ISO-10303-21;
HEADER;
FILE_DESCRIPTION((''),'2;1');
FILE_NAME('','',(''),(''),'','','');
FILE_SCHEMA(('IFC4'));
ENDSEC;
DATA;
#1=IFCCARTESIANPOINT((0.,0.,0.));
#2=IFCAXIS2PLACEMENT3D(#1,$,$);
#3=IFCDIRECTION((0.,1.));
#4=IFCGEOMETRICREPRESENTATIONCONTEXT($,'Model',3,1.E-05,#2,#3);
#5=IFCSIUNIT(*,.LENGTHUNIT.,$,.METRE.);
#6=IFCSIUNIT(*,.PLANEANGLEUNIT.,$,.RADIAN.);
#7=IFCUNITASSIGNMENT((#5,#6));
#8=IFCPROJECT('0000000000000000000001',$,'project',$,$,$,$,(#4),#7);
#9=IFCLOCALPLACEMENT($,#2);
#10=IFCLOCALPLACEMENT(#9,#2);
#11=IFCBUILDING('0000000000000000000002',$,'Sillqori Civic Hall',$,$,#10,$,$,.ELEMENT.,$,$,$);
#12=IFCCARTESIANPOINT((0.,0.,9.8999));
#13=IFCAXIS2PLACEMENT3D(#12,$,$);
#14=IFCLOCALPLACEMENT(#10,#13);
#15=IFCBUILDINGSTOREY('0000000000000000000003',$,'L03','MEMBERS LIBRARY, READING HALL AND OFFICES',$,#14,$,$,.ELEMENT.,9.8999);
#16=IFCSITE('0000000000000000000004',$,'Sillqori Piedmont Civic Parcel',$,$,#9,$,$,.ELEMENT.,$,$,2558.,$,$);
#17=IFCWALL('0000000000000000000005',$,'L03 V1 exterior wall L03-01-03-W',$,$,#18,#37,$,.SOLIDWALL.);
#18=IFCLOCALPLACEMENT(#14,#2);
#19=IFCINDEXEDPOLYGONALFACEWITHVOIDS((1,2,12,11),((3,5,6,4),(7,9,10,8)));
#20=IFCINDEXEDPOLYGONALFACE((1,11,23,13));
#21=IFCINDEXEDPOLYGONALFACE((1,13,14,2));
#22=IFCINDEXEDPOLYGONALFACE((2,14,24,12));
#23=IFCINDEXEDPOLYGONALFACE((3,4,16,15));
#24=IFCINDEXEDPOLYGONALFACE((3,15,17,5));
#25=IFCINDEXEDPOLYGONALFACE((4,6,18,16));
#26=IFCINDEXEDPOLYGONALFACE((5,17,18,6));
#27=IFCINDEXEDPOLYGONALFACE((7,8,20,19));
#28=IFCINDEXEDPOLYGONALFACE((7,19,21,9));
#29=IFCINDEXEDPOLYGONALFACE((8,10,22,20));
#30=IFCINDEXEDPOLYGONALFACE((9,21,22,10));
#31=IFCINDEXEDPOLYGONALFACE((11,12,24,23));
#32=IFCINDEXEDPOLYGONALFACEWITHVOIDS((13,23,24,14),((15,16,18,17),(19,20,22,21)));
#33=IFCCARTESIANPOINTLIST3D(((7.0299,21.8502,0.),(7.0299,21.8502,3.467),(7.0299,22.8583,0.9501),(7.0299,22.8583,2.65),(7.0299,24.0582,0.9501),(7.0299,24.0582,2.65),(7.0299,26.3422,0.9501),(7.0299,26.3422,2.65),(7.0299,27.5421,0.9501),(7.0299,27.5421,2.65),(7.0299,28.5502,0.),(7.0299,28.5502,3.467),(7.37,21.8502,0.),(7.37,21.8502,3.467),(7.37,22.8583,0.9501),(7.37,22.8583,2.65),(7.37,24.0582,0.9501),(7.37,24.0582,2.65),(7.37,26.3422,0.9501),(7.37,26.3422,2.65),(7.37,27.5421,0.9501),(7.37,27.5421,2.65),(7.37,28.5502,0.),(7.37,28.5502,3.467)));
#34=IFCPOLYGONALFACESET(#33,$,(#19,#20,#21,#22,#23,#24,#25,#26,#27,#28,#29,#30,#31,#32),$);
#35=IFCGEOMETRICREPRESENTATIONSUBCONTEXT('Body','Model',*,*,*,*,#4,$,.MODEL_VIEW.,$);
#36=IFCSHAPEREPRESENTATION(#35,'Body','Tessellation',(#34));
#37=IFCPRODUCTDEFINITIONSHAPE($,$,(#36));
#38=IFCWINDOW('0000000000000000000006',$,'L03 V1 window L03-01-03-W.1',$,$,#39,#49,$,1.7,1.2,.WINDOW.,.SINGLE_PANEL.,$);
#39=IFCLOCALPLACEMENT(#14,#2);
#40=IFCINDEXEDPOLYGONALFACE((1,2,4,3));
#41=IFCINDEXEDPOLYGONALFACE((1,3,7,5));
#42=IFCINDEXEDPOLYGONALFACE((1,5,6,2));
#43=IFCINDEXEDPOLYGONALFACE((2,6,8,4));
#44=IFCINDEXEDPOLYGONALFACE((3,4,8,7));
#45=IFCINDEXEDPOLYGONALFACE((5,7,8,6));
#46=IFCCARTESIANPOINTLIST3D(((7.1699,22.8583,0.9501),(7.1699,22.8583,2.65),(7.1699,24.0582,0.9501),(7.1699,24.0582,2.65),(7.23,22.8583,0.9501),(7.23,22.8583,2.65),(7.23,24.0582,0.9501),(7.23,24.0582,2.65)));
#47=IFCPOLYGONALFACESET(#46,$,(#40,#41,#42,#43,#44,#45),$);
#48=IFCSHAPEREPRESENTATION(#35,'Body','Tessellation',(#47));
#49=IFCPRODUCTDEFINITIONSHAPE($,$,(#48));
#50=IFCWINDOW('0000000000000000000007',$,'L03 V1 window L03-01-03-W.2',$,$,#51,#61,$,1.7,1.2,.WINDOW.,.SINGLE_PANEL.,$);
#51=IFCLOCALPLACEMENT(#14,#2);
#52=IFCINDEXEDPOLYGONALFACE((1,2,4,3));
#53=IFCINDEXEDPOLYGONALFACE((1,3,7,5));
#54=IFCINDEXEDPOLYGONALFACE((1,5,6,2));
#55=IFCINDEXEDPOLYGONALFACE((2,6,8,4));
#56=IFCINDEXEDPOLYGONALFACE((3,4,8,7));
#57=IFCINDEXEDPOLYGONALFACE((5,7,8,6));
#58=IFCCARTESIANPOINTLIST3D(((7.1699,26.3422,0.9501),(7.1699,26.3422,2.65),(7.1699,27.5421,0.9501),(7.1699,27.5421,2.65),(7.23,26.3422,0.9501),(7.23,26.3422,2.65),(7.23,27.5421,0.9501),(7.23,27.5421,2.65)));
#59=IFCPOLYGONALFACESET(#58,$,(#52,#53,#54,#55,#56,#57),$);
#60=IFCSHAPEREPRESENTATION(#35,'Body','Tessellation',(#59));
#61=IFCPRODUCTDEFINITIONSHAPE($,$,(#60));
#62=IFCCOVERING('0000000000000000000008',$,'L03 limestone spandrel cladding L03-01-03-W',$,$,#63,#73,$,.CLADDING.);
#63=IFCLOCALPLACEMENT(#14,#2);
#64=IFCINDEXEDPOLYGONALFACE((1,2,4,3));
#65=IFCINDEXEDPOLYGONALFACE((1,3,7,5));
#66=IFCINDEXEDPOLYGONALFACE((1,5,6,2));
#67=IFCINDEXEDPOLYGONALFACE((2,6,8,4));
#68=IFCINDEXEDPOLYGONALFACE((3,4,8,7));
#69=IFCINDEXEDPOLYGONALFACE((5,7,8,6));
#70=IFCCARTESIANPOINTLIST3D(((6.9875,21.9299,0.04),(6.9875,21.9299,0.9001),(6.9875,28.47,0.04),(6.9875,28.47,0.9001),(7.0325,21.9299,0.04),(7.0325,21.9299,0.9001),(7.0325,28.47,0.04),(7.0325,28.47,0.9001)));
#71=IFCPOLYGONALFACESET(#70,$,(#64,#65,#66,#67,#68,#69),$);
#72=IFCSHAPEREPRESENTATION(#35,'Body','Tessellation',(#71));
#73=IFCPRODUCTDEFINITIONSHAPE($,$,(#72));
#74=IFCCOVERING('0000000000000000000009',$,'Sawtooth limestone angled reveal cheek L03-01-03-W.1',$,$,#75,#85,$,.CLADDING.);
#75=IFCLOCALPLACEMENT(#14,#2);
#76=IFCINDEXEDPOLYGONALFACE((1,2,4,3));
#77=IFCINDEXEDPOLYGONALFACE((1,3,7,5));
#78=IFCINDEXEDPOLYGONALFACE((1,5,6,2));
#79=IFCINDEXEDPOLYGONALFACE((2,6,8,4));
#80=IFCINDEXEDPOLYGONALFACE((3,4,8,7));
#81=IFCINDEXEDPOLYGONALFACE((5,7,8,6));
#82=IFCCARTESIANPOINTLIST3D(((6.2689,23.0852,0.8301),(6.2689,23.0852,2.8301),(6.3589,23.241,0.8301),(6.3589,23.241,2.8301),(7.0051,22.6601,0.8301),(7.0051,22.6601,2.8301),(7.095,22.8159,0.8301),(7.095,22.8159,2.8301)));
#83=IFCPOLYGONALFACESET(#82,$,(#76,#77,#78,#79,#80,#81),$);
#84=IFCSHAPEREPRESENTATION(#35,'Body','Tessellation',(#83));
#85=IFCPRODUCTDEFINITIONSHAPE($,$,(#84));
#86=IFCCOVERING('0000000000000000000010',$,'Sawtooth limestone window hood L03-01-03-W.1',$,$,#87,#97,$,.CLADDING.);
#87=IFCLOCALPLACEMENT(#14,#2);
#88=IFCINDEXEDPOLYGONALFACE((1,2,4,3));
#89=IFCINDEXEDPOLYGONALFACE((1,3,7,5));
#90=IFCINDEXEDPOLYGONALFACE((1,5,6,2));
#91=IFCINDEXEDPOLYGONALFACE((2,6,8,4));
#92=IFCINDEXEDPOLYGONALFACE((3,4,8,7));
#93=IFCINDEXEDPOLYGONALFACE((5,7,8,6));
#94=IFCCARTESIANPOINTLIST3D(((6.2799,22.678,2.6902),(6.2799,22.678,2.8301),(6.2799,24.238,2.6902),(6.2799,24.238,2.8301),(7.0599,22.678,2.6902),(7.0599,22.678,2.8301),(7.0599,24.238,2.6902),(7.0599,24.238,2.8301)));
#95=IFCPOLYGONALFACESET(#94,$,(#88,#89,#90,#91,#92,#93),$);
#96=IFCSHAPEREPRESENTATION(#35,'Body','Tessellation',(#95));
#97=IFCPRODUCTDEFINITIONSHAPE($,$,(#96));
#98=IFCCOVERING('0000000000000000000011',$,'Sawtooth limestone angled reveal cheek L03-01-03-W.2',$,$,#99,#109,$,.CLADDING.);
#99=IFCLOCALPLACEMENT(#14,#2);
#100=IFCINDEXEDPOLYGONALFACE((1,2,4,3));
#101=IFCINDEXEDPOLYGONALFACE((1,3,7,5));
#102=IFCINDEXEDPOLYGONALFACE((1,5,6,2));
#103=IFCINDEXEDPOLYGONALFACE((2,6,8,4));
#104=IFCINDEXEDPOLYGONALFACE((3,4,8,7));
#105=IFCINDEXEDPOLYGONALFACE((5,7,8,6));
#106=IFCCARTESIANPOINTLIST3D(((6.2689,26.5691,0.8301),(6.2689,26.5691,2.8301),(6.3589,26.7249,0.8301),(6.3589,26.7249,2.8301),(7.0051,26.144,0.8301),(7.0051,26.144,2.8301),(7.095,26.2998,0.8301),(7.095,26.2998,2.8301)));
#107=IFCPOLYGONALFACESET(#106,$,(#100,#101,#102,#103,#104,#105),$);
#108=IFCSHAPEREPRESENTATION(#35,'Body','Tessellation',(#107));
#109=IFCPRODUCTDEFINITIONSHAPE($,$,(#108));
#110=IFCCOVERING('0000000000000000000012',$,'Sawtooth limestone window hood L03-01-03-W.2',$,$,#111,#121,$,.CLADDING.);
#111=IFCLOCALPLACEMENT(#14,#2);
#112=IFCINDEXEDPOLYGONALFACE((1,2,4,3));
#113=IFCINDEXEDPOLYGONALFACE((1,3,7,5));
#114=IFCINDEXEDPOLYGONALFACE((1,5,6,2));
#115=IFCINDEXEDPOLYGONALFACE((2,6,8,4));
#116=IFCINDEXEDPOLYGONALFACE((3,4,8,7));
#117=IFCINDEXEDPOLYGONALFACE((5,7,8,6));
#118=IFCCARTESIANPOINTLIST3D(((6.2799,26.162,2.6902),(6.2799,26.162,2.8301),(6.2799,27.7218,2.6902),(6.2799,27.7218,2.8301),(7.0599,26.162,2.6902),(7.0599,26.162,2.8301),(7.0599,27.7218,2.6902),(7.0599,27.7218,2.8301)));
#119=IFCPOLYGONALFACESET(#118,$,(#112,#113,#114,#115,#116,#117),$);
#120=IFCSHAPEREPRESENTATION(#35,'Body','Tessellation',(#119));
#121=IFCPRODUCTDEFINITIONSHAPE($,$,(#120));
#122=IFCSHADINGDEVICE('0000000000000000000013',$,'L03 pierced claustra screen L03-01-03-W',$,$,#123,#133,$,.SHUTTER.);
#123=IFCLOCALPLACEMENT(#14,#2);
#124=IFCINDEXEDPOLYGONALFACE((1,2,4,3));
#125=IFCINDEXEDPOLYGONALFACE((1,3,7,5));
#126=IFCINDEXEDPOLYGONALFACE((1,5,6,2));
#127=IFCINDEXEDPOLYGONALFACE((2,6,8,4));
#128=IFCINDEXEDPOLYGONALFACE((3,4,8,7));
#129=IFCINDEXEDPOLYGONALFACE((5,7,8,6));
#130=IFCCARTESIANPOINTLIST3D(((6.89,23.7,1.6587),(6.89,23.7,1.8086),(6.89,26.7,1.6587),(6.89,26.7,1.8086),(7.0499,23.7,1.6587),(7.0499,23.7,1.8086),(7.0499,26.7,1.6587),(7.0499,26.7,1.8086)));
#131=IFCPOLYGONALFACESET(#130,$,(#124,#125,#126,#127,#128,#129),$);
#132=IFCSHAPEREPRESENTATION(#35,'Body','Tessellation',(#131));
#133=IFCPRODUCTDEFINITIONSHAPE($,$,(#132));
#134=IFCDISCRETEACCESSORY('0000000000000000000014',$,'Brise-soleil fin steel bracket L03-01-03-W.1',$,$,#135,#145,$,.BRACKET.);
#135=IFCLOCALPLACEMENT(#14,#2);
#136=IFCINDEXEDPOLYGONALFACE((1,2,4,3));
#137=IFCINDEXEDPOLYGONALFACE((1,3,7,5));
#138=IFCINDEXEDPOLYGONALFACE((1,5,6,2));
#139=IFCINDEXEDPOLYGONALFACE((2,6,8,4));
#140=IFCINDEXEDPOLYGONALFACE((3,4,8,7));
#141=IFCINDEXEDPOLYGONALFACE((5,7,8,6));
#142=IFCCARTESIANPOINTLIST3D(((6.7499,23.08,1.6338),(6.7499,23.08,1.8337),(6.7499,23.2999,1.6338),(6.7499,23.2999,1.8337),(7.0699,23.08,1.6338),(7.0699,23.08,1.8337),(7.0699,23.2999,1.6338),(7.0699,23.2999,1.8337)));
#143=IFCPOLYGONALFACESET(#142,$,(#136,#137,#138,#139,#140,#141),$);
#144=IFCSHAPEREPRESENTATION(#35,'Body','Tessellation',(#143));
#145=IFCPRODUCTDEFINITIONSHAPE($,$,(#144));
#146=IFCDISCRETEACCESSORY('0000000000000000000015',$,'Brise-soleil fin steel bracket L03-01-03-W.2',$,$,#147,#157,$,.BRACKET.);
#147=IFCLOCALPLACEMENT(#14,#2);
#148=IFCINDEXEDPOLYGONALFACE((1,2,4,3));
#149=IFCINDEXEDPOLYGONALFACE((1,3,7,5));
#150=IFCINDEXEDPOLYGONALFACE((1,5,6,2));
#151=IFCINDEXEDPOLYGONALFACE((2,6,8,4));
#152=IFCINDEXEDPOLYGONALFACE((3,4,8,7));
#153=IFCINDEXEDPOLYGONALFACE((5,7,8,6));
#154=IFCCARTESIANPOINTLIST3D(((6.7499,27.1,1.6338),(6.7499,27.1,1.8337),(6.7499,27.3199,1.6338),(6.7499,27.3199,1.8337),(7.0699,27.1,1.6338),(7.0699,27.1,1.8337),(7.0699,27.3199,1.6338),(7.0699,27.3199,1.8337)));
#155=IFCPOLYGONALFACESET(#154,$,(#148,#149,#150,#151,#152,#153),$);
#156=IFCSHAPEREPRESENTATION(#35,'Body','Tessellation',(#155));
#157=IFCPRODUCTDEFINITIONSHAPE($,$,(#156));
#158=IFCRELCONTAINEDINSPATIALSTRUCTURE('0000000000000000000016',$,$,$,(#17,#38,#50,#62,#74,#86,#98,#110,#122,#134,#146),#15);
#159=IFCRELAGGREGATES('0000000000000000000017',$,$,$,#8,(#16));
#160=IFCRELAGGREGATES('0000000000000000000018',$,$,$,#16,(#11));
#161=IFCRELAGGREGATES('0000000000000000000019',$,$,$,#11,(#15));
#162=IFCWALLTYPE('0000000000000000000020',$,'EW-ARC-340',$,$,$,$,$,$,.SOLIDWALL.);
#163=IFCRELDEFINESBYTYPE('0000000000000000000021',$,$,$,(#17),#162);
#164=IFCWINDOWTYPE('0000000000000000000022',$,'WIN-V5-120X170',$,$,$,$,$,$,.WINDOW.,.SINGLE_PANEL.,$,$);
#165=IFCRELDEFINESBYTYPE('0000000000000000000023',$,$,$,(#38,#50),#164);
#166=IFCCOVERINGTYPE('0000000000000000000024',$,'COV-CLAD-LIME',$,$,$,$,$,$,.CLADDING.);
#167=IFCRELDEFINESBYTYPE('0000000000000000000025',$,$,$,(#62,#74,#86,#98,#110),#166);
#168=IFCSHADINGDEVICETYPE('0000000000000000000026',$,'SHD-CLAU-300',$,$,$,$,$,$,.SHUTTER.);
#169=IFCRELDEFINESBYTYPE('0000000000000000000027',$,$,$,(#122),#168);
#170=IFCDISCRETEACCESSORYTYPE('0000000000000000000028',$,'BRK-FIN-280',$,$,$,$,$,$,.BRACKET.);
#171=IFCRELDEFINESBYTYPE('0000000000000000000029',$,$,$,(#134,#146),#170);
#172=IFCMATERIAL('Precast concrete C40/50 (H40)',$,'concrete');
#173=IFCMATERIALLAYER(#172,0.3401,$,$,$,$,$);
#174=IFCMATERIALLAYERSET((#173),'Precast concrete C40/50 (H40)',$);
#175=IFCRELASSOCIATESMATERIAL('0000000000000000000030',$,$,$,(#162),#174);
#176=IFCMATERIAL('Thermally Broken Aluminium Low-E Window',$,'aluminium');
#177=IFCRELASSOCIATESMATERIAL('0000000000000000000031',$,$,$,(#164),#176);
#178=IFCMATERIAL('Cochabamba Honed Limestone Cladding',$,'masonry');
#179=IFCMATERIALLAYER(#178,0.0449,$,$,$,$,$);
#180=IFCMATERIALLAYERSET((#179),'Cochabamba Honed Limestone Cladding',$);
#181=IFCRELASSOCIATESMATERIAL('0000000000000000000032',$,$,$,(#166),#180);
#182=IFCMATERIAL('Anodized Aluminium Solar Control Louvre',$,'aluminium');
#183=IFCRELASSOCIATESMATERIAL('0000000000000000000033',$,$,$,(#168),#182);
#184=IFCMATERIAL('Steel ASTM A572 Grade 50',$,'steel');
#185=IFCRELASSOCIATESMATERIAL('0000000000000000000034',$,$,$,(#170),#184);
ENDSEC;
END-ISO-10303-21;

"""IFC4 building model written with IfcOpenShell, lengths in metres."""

from ifc_helpers import new_model, si_unit, direction, frame, frame_2d, origin, origin_2d, place, context, subcontext, project, spatial, rectangle, extrude, material, layer, layer_set, type_object, element, fill, save


model = new_model("IFC4")

# Units and contexts
model_context = context("Model", 3, precision=1e-05, world=origin(), true_north=direction((0.0, 1.0)))
body_context = subcontext(model_context, "Body", "Model", "MODEL_VIEW")
ifc_project = project(units=[si_unit("LENGTHUNIT", "METRE"), si_unit("PLANEANGLEUNIT", "RADIAN")], contexts=[model_context])

# Site, building, storey
site_placement = place(None, origin())
site = spatial("IfcSite", under=ifc_project, at=site_placement, Name="Sillqori Piedmont Civic Parcel", CompositionType="ELEMENT", RefElevation=2558.0)
building_placement = place(site_placement, origin())
building = spatial("IfcBuilding", under=site, at=building_placement, Name="Sillqori Civic Hall", CompositionType="ELEMENT")
storey_placement = place(building_placement, frame((0.0, 0.0, 9.8999)))
storey = spatial("IfcBuildingStorey", under=building, at=storey_placement, Name="L03", Description="MEMBERS LIBRARY, READING HALL AND OFFICES", CompositionType="ELEMENT", Elevation=9.8999)

# Shared definitions
ifc_material_1 = material(Name="Precast concrete C40/50 (H40)", Category="concrete")

# Wall, openings, windows
ifc_layer_1 = layer(ifc_material_1, 0.3401)
ifc_layer_set_1 = layer_set([ifc_layer_1], Name="Precast concrete C40/50 (H40)")
wall_type = type_object("IfcWallType", Name="EW-ARC-340", PredefinedType="SOLIDWALL", material=ifc_layer_set_1)
wall_placement = place(storey_placement, frame((7.2, 21.8501, 0.0), z_axis=(0.0, 0.0, 1.0), x_axis=(0.0, 1.0, 0.0)))
wall = element("IfcWall", 1, at=wall_placement, inside=storey, type_object=wall_type, Name="L03 V1 exterior wall L03-01-03-W", PredefinedType="SOLIDWALL", context=body_context, shape_type="SweptSolid", body=[
    extrude(rectangle(XDim=6.7, YDim=0.3401, at=frame_2d((3.3501, 0.0))), origin(), (0.0, 0.0, 1.0), 3.467),
])
opening_1_placement = place(wall_placement, frame((1.0081, 0.0, 0.95)))
opening_1 = element("IfcOpeningElement", 2, at=opening_1_placement, cuts=wall, PredefinedType="OPENING", context=body_context, shape_type="SweptSolid", body=[
    extrude(rectangle(XDim=1.2, YDim=1.7, at=frame_2d((0.6001, 0.8501))), frame((0.0, 0.1799, 0.0), z_axis=(0.0, -1.0, 0.0), x_axis=(1.0, 0.0, 0.0)), (0.0, 0.0, 1.0), 0.3601),
])
opening_2_placement = place(wall_placement, frame((4.4919, 0.0, 0.95)))
opening_2 = element("IfcOpeningElement", 3, at=opening_2_placement, cuts=wall, PredefinedType="OPENING", context=body_context, shape_type="SweptSolid", body=[
    extrude(rectangle(XDim=1.2, YDim=1.7, at=frame_2d((0.6001, 0.8501))), frame((0.0, 0.1799, 0.0), z_axis=(0.0, -1.0, 0.0), x_axis=(1.0, 0.0, 0.0)), (0.0, 0.0, 1.0), 0.3601),
])
ifc_material_2 = material(Name="Thermally Broken Aluminium Low-E Window", Category="aluminium")
window_type = type_object("IfcWindowType", Name="WIN-V5-120X170", PartitioningType="SINGLE_PANEL", PredefinedType="WINDOW", material=ifc_material_2)
window_1_placement = place(opening_1_placement, origin())
window_1 = element("IfcWindow", 4, at=window_1_placement, inside=storey, type_object=window_type, Name="L03 V1 window L03-01-03-W.1", OverallHeight=1.7, OverallWidth=1.2, PartitioningType="SINGLE_PANEL", PredefinedType="WINDOW", context=body_context, shape_type="SweptSolid", body=[
    extrude(rectangle(XDim=1.2, YDim=1.7, at=frame_2d((0.6001, 0.8501))), frame((0.0, 0.03, 0.0), z_axis=(0.0, -1.0, 0.0), x_axis=(1.0, 0.0, 0.0)), (0.0, 0.0, 1.0), 0.0601),
])
fill(opening_1, window_1)
window_2_placement = place(opening_2_placement, origin())
window_2 = element("IfcWindow", 5, at=window_2_placement, inside=storey, type_object=window_type, Name="L03 V1 window L03-01-03-W.2", OverallHeight=1.7, OverallWidth=1.2, PartitioningType="SINGLE_PANEL", PredefinedType="WINDOW", context=body_context, shape_type="SweptSolid", body=[
    extrude(rectangle(XDim=1.2, YDim=1.7, at=frame_2d((0.6001, 0.8501))), frame((0.0, 0.03, 0.0), z_axis=(0.0, -1.0, 0.0), x_axis=(1.0, 0.0, 0.0)), (0.0, 0.0, 1.0), 0.0601),
])
fill(opening_2, window_2)

# Coverings
ifc_material_3 = material(Name="Cochabamba Honed Limestone Cladding", Category="masonry")
ifc_layer_2 = layer(ifc_material_3, 0.0449)
ifc_layer_set_2 = layer_set([ifc_layer_2], Name="Cochabamba Honed Limestone Cladding")
covering_type = type_object("IfcCoveringType", Name="COV-CLAD-LIME", PredefinedType="CLADDING", material=ifc_layer_set_2)
covering_1_placement = place(storey_placement, frame((7.01, 21.9299, 0.04), z_axis=(0.0, 0.0, 1.0), x_axis=(0.0, 1.0, 0.0)))
element("IfcCovering", 6, at=covering_1_placement, inside=storey, type_object=covering_type, Name="L03 limestone spandrel cladding L03-01-03-W", PredefinedType="CLADDING", context=body_context, shape_type="SweptSolid", body=[
    extrude(rectangle(XDim=6.54, YDim=0.0449, at=frame_2d((3.27, 0.0))), origin(), (0.0, 0.0, 1.0), 0.8601),
])
covering_2_placement = place(storey_placement, frame((7.05, 22.738, 0.8301), z_axis=(0.0, 0.0, 1.0), x_axis=(-0.865989, 0.500062, 0.0)))
element("IfcCovering", 7, at=covering_2_placement, inside=storey, type_object=covering_type, Name="Sawtooth limestone angled reveal cheek L03-01-03-W.1", PredefinedType="CLADDING", context=body_context, shape_type="SweptSolid", body=[
    extrude(rectangle(XDim=0.8501, YDim=0.1799, at=frame_2d((0.425, 0.0))), origin(), (0.0, 0.0, 1.0), 2.0),
])
covering_3_placement = place(storey_placement, frame((6.6699, 22.678, 2.6902), z_axis=(0.0, 0.0, 1.0), x_axis=(0.0, 1.0, 0.0)))
element("IfcCovering", 8, at=covering_3_placement, inside=storey, type_object=covering_type, Name="Sawtooth limestone window hood L03-01-03-W.1", PredefinedType="CLADDING", context=body_context, shape_type="SweptSolid", body=[
    extrude(rectangle(XDim=1.5601, YDim=0.78, at=frame_2d((0.78, 0.0))), origin(), (0.0, 0.0, 1.0), 0.1399),
])
covering_4_placement = place(storey_placement, frame((7.05, 26.2219, 0.8301), z_axis=(0.0, 0.0, 1.0), x_axis=(-0.865989, 0.500062, 0.0)))
element("IfcCovering", 9, at=covering_4_placement, inside=storey, type_object=covering_type, Name="Sawtooth limestone angled reveal cheek L03-01-03-W.2", PredefinedType="CLADDING", context=body_context, shape_type="SweptSolid", body=[
    extrude(rectangle(XDim=0.8501, YDim=0.1799, at=frame_2d((0.425, 0.0))), origin(), (0.0, 0.0, 1.0), 2.0),
])
covering_5_placement = place(storey_placement, frame((6.6699, 26.1621, 2.6902), z_axis=(0.0, 0.0, 1.0), x_axis=(0.0, 1.0, 0.0)))
element("IfcCovering", 10, at=covering_5_placement, inside=storey, type_object=covering_type, Name="Sawtooth limestone window hood L03-01-03-W.2", PredefinedType="CLADDING", context=body_context, shape_type="SweptSolid", body=[
    extrude(rectangle(XDim=1.5598, YDim=0.78, at=frame_2d((0.7798, 0.0))), origin(), (0.0, 0.0, 1.0), 0.1399),
])

# Shading device
ifc_material_4 = material(Name="Anodized Aluminium Solar Control Louvre", Category="aluminium")
shading_device_type = type_object("IfcShadingDeviceType", Name="SHD-CLAU-300", PredefinedType="SHUTTER", material=ifc_material_4)
shading_device_placement = place(storey_placement, frame((6.97, 25.2, 1.6587), z_axis=(0.0, 0.0, 1.0), x_axis=(0.0, 1.0, 0.0)))
element("IfcShadingDevice", 11, at=shading_device_placement, inside=storey, type_object=shading_device_type, Name="L03 pierced claustra screen L03-01-03-W", PredefinedType="SHUTTER", context=body_context, shape_type="SweptSolid", body=[
    extrude(rectangle(XDim=3.0, YDim=0.1599, at=origin_2d()), origin(), (0.0, 0.0, 1.0), 0.1499),
])

# Discrete accessories
ifc_material_5 = material(Name="Steel ASTM A572 Grade 50", Category="steel")
discrete_accessory_type = type_object("IfcDiscreteAccessoryType", Name="BRK-FIN-280", PredefinedType="BRACKET", material=ifc_material_5)
for number, where, z_axis, x_axis, name in (
    (12, (6.9099, 23.1899, 1.6338), (0.0, 0.0, 1.0), (0.0, 1.0, 0.0), "Brise-soleil fin steel bracket L03-01-03-W.1"),
    (13, (6.9099, 27.21, 1.6338), (0.0, 0.0, 1.0), (0.0, 1.0, 0.0), "Brise-soleil fin steel bracket L03-01-03-W.2"),
):
    element("IfcDiscreteAccessory", number, at=place(storey_placement, frame(where, z_axis=z_axis, x_axis=x_axis)), inside=storey, type_object=discrete_accessory_type, Name=name, PredefinedType="BRACKET", context=body_context, shape_type="SweptSolid", body=[
        extrude(rectangle(XDim=0.22, YDim=0.3201, at=origin_2d()), origin(), (0.0, 0.0, 1.0), 0.2),
    ])

save(model, "model.ifc")
